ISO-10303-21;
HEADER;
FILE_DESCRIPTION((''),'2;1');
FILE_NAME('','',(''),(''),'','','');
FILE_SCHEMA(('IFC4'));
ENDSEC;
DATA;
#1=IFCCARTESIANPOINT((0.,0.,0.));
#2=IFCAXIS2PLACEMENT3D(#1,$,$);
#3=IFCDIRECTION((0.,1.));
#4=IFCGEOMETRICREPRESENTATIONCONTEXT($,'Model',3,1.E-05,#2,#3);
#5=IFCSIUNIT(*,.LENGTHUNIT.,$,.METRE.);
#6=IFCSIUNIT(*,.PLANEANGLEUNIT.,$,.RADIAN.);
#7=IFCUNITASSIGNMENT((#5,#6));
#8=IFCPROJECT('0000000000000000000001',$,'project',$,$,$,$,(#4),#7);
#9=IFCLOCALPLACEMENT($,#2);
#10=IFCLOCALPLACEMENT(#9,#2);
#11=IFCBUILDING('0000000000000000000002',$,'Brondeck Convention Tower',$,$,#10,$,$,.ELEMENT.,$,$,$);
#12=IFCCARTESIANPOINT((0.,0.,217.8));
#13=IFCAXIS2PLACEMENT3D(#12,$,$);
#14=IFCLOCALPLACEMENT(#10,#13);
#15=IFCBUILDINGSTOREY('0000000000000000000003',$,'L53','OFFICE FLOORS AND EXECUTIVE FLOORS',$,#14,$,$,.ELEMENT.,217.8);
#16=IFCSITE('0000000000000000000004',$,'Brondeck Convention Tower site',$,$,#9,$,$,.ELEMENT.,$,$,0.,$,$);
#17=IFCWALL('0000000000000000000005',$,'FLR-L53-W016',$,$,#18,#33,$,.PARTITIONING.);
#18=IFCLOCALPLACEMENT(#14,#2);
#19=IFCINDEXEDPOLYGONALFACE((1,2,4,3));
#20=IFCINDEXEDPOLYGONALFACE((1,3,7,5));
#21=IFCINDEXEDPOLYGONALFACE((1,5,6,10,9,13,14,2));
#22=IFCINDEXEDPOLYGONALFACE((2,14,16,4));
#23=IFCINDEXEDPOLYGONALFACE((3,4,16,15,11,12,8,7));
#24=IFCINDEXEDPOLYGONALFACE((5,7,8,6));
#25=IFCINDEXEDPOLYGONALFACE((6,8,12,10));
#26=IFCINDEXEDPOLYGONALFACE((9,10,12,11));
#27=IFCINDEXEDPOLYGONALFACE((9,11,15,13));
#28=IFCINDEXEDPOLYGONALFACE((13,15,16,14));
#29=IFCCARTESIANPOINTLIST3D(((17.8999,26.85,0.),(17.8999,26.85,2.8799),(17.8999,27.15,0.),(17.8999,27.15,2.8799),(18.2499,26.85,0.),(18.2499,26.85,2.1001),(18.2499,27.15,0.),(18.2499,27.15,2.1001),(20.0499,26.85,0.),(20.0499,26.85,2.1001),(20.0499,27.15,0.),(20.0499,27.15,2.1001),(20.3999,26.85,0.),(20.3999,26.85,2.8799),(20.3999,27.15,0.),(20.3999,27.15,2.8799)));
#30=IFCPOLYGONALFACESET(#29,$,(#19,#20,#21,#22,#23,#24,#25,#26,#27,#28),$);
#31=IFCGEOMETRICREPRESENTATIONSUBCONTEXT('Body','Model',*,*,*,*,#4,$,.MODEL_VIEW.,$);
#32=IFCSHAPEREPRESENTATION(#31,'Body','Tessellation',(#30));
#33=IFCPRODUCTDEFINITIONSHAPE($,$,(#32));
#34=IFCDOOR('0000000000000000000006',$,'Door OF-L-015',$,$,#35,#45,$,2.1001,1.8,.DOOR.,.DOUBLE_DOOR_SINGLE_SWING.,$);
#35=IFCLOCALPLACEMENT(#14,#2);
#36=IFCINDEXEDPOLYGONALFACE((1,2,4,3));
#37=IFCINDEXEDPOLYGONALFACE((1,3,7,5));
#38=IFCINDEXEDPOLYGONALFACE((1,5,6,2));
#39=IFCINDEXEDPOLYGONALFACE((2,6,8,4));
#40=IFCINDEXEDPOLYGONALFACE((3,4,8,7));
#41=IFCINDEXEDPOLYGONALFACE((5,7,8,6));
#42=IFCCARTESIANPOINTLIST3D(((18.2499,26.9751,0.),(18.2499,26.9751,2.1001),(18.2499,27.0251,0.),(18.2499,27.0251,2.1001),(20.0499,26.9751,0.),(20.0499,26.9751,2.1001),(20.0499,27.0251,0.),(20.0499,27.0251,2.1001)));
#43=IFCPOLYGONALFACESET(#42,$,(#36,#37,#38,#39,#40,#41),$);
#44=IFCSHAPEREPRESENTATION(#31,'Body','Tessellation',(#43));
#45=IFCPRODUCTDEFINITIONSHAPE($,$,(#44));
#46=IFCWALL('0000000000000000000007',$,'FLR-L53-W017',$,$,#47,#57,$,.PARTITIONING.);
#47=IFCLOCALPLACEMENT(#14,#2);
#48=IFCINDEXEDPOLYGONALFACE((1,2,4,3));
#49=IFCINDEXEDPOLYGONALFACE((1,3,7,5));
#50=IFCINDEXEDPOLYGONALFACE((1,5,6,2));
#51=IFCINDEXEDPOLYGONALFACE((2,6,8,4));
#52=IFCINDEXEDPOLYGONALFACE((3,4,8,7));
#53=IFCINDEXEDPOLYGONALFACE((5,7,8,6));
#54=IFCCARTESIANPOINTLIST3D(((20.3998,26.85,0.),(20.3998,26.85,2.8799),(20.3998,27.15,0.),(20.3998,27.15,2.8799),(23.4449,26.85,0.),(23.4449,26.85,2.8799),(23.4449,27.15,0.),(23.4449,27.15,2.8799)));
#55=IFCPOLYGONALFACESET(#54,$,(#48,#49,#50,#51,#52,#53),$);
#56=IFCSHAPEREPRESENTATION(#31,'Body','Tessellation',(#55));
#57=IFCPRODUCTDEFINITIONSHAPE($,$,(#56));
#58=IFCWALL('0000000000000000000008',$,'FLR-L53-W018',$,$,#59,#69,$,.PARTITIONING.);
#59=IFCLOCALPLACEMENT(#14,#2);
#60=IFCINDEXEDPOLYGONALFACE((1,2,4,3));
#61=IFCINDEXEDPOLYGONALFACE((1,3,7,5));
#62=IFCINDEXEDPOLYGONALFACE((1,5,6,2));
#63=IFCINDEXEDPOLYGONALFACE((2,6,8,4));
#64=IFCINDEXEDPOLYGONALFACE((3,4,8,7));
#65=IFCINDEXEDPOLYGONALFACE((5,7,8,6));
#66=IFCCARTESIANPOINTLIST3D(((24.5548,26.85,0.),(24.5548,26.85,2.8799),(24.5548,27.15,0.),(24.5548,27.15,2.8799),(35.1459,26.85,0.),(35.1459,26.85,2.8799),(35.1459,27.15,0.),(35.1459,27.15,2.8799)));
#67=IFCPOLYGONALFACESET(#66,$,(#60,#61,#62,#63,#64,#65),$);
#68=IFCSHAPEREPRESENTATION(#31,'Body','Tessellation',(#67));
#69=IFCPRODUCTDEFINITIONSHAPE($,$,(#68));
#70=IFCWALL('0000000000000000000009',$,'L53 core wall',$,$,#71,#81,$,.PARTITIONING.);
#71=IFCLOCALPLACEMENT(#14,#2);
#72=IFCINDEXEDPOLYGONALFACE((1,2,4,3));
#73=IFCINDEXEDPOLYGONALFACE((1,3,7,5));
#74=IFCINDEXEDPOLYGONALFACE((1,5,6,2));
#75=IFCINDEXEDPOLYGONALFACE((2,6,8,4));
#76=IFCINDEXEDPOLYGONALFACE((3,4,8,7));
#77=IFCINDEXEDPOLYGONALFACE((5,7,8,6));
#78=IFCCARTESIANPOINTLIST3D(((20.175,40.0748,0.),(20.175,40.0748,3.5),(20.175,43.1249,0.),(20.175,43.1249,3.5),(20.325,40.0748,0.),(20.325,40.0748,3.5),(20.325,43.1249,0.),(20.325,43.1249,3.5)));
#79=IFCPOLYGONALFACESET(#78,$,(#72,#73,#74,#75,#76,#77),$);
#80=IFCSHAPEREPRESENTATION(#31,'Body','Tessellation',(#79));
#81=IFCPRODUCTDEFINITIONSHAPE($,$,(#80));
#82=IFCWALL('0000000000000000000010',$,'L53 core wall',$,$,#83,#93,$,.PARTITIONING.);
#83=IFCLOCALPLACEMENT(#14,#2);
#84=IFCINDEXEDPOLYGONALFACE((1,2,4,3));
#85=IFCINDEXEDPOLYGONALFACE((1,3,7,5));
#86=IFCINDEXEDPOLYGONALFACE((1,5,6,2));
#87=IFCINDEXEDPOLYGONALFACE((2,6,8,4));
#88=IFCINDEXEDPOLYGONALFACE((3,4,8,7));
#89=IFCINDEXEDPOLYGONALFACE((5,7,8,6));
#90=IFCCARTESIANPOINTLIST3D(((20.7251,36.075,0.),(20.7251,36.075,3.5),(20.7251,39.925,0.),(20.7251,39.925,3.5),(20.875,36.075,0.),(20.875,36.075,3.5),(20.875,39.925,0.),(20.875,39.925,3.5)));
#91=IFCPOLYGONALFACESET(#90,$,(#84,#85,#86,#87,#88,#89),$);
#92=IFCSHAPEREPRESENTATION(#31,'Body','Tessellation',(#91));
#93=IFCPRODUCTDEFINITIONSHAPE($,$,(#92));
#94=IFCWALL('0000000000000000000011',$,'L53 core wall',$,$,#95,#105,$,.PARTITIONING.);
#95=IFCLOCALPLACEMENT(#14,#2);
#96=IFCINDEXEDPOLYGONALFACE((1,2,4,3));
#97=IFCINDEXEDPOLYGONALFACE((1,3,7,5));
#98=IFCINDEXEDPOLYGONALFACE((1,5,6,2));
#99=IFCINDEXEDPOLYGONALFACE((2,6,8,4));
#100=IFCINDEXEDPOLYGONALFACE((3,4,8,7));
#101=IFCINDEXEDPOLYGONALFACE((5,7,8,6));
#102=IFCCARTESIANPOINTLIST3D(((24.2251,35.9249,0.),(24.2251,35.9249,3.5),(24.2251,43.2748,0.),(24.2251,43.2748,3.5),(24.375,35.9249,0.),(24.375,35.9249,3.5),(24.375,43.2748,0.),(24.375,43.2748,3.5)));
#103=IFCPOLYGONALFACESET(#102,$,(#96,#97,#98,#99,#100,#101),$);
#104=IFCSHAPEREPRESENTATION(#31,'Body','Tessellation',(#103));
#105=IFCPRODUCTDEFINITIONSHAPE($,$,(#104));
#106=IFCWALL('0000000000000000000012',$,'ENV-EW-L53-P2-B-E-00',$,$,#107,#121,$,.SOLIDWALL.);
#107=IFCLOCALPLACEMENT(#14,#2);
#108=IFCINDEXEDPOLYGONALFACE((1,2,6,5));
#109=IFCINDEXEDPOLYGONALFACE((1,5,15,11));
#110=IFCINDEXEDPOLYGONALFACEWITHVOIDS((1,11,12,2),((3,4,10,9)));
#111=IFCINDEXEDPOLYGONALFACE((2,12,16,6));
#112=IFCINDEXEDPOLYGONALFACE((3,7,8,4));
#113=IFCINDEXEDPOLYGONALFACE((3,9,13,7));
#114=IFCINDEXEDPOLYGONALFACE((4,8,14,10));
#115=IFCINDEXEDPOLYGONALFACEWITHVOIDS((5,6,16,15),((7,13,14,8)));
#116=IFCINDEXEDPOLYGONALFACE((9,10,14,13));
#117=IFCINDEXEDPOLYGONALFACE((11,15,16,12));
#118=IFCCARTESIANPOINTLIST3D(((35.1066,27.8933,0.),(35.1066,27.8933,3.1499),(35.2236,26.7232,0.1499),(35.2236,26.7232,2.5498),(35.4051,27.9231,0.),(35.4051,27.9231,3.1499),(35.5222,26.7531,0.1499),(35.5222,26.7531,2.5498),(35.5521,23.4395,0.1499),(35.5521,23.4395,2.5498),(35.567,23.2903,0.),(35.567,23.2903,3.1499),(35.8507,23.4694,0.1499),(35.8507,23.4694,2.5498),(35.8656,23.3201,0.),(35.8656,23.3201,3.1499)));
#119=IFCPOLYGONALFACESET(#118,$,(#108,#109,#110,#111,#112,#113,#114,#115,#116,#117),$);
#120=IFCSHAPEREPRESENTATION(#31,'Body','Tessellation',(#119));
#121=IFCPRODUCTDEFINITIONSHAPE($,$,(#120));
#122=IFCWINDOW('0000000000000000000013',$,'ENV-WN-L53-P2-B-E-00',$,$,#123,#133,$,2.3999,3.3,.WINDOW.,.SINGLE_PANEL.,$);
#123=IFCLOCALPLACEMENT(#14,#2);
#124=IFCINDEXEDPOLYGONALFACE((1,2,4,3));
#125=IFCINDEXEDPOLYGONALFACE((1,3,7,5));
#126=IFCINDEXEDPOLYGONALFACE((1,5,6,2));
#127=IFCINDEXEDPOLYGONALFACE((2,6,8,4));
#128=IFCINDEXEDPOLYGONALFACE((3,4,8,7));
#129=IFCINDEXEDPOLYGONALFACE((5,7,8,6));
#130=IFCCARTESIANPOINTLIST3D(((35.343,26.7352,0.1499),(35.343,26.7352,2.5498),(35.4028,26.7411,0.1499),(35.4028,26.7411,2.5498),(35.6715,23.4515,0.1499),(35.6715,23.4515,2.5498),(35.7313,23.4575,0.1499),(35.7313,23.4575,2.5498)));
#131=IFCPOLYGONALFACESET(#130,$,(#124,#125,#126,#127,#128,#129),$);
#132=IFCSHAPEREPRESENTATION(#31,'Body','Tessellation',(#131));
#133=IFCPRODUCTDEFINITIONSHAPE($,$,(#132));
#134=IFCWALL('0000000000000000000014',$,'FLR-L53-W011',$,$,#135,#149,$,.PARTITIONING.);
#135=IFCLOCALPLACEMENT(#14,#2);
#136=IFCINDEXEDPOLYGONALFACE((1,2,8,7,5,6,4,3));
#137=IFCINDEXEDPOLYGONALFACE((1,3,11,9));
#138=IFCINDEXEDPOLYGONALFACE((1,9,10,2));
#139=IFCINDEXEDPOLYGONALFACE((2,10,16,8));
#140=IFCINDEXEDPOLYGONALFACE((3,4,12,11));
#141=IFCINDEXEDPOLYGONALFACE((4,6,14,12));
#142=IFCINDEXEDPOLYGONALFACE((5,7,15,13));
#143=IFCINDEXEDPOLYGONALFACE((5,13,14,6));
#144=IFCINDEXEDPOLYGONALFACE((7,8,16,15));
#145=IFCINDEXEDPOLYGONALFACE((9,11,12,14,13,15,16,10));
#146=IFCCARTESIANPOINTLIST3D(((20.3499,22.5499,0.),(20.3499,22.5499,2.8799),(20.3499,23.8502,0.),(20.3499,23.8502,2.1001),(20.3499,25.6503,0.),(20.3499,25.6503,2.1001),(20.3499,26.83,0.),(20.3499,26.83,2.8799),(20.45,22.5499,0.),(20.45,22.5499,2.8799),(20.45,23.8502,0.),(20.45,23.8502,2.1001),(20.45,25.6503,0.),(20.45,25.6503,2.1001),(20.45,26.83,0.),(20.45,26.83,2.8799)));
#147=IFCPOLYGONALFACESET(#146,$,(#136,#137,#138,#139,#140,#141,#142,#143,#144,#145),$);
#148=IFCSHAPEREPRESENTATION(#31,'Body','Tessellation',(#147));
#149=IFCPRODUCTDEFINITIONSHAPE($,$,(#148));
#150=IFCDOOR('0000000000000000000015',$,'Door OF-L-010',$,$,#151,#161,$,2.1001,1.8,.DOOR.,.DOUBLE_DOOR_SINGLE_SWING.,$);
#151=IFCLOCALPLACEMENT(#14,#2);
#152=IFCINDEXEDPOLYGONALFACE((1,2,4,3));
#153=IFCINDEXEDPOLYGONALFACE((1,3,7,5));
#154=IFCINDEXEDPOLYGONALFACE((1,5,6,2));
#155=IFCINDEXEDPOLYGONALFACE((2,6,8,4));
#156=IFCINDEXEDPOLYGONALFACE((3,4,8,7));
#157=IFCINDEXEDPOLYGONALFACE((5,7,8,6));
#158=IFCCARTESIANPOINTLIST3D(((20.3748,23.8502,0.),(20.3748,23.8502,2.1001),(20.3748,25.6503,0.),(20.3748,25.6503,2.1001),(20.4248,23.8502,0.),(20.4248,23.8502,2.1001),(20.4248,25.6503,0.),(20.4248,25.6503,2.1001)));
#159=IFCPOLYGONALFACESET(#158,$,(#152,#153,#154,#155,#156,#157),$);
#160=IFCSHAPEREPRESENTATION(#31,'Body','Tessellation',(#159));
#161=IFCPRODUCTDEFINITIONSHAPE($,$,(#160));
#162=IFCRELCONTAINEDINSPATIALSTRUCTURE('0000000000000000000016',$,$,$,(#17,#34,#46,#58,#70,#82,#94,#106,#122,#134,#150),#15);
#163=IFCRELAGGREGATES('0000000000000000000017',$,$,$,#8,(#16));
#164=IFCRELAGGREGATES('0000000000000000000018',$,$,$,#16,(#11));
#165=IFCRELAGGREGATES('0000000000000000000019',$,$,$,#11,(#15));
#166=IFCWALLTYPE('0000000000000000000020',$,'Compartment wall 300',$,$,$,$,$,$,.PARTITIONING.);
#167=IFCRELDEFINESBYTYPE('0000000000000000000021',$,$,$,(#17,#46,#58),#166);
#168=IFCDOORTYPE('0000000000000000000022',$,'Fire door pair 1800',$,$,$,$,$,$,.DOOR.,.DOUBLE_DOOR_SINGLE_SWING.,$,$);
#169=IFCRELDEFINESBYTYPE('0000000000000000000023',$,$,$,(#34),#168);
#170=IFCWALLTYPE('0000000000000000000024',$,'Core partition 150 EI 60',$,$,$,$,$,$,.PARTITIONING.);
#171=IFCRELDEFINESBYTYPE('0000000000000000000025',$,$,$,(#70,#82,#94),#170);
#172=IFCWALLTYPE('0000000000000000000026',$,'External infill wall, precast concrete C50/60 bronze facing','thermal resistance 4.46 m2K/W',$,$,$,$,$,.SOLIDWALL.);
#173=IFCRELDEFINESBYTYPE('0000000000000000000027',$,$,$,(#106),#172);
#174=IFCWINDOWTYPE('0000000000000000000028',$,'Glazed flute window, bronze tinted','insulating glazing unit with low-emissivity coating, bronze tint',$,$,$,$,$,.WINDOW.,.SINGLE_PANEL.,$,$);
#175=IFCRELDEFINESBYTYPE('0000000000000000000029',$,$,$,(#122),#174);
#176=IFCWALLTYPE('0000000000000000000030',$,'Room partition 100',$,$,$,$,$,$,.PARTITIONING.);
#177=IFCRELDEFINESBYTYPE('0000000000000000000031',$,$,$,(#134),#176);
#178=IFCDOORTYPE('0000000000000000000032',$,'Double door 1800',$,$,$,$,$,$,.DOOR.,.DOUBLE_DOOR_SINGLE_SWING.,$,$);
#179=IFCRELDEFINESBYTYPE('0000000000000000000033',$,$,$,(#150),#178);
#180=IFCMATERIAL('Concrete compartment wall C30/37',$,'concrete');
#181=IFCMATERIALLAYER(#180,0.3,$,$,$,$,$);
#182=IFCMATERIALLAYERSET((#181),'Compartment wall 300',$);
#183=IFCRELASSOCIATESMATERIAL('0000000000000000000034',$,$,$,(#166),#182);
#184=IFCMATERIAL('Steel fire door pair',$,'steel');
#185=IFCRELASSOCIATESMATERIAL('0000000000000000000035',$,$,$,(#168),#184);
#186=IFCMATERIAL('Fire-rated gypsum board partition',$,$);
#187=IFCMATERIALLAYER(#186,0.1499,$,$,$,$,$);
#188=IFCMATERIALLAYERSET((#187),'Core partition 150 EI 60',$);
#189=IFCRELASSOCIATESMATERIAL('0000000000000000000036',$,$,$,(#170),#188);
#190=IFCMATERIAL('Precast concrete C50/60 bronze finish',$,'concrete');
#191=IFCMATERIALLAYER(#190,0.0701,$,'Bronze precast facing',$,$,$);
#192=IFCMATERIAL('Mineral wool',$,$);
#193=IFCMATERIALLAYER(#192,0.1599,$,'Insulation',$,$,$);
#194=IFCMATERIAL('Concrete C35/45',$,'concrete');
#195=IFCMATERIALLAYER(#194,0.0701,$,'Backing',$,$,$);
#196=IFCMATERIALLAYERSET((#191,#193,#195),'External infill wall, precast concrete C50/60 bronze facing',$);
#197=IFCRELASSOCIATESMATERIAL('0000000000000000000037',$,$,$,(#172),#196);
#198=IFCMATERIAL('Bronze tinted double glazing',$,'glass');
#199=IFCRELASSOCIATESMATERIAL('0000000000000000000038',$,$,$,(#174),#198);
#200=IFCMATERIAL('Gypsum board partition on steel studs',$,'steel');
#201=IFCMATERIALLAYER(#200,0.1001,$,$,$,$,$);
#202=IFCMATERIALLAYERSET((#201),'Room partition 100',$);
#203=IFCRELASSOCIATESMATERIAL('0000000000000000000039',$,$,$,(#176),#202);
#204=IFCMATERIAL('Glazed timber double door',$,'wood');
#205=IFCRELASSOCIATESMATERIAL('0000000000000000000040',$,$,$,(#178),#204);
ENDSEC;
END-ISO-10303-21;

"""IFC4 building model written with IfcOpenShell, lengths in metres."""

from ifc_helpers import new_model, si_unit, direction, frame, frame_2d, origin, place, context, subcontext, project, spatial, rectangle, extrude, material, layer, layer_set, type_object, element, fill, save


model = new_model("IFC4")

# Units and contexts
model_context = context("Model", 3, precision=1e-05, world=origin(), true_north=direction((0.0, 1.0)))
body_context = subcontext(model_context, "Body", "Model", "MODEL_VIEW")
ifc_project = project(units=[si_unit("LENGTHUNIT", "METRE"), si_unit("PLANEANGLEUNIT", "RADIAN")], contexts=[model_context])

# Site, building, storey
site_placement = place(None, origin())
site = spatial("IfcSite", under=ifc_project, at=site_placement, Name="Brondeck Convention Tower site", CompositionType="ELEMENT", RefElevation=0.0)
building_placement = place(site_placement, origin())
building = spatial("IfcBuilding", under=site, at=building_placement, Name="Brondeck Convention Tower", CompositionType="ELEMENT")
storey_placement = place(building_placement, frame((0.0, 0.0, 217.8)))
storey = spatial("IfcBuildingStorey", under=building, at=storey_placement, Name="L53", Description="OFFICE FLOORS AND EXECUTIVE FLOORS", CompositionType="ELEMENT", Elevation=217.8)

# Wall, opening, door
ifc_material_1 = material(Name="Concrete compartment wall C30/37", Category="concrete")
ifc_layer_1 = layer(ifc_material_1, 0.3)
ifc_layer_set_1 = layer_set([ifc_layer_1], Name="Compartment wall 300")
wall_type_1 = type_object("IfcWallType", Name="Compartment wall 300", PredefinedType="PARTITIONING", material=ifc_layer_set_1)
wall_1_placement = place(storey_placement, frame((20.3999, 27.0, 0.0), z_axis=(0.0, 0.0, 1.0), x_axis=(-1.0, 0.0, 0.0)))
wall_1 = element("IfcWall", 1, at=wall_1_placement, inside=storey, type_object=wall_type_1, Name="FLR-L53-W016", PredefinedType="PARTITIONING", context=body_context, shape_type="SweptSolid", body=[
    extrude(rectangle(XDim=2.5, YDim=0.3, at=frame_2d((1.25, 0.0))), origin(), (0.0, 0.0, 1.0), 2.8799),
])
opening_1_placement = place(wall_1_placement, frame((0.3501, 0.0, 0.0)))
opening_1 = element("IfcOpeningElement", 2, at=opening_1_placement, cuts=wall_1, PredefinedType="OPENING", context=body_context, shape_type="SweptSolid", body=[
    extrude(rectangle(XDim=1.8, YDim=2.1001, at=frame_2d((0.8999, 1.05))), frame((0.0, 0.1599, 0.0), z_axis=(0.0, -1.0, 0.0), x_axis=(1.0, 0.0, 0.0)), (0.0, 0.0, 1.0), 0.3201),
])
ifc_material_2 = material(Name="Steel fire door pair", Category="steel")
door_type_1 = type_object("IfcDoorType", Name="Fire door pair 1800", OperationType="DOUBLE_DOOR_SINGLE_SWING", PredefinedType="DOOR", material=ifc_material_2)
door_1_placement = place(opening_1_placement, origin())
door_1 = element("IfcDoor", 3, at=door_1_placement, inside=storey, type_object=door_type_1, Name="Door OF-L-015", OperationType="DOUBLE_DOOR_SINGLE_SWING", OverallHeight=2.1001, OverallWidth=1.8, PredefinedType="DOOR", context=body_context, shape_type="SweptSolid", body=[
    extrude(rectangle(XDim=1.8, YDim=2.1001, at=frame_2d((0.8999, 1.05))), frame((0.0, 0.0249, 0.0), z_axis=(0.0, -1.0, 0.0), x_axis=(1.0, 0.0, 0.0)), (0.0, 0.0, 1.0), 0.05),
])
fill(opening_1, door_1)

# Walls
wall_2_placement = place(storey_placement, frame((20.3999, 27.0, 0.0), z_axis=(0.0, 0.0, 1.0), x_axis=(1.0, 0.0, 0.0)))
element("IfcWall", 4, at=wall_2_placement, inside=storey, type_object=wall_type_1, Name="FLR-L53-W017", PredefinedType="PARTITIONING", context=body_context, shape_type="SweptSolid", body=[
    extrude(rectangle(XDim=3.0452, YDim=0.3, at=frame_2d((1.5225, 0.0))), origin(), (0.0, 0.0, 1.0), 2.8799),
])
wall_3_placement = place(storey_placement, frame((24.5549, 27.0, 0.0), z_axis=(0.0, 0.0, 1.0), x_axis=(1.0, 0.0, 0.0)))
element("IfcWall", 5, at=wall_3_placement, inside=storey, type_object=wall_type_1, Name="FLR-L53-W018", PredefinedType="PARTITIONING", context=body_context, shape_type="SweptSolid", body=[
    extrude(rectangle(XDim=10.5911, YDim=0.3, at=frame_2d((5.2954, 0.0))), origin(), (0.0, 0.0, 1.0), 2.8799),
])
ifc_material_3 = material(Name="Fire-rated gypsum board partition")
ifc_layer_2 = layer(ifc_material_3, 0.1499)
ifc_layer_set_2 = layer_set([ifc_layer_2], Name="Core partition 150 EI 60")
wall_type_2 = type_object("IfcWallType", Name="Core partition 150 EI 60", PredefinedType="PARTITIONING", material=ifc_layer_set_2)
wall_4_placement = place(storey_placement, frame((20.25, 40.075, 0.0), z_axis=(0.0, 0.0, 1.0), x_axis=(0.0, 1.0, 0.0)))
element("IfcWall", 6, at=wall_4_placement, inside=storey, type_object=wall_type_2, Name="L53 core wall", PredefinedType="PARTITIONING", context=body_context, shape_type="SweptSolid", body=[
    extrude(rectangle(XDim=3.05, YDim=0.1499, at=frame_2d((1.5249, 0.0))), origin(), (0.0, 0.0, 1.0), 3.5),
])
wall_5_placement = place(storey_placement, frame((20.8, 36.075, 0.0), z_axis=(0.0, 0.0, 1.0), x_axis=(0.0, 1.0, 0.0)))
element("IfcWall", 7, at=wall_5_placement, inside=storey, type_object=wall_type_2, Name="L53 core wall", PredefinedType="PARTITIONING", context=body_context, shape_type="SweptSolid", body=[
    extrude(rectangle(XDim=3.8501, YDim=0.1499, at=frame_2d((1.925, 0.0))), origin(), (0.0, 0.0, 1.0), 3.5),
])
wall_6_placement = place(storey_placement, frame((24.3, 35.925, 0.0), z_axis=(0.0, 0.0, 1.0), x_axis=(0.0, 1.0, 0.0)))
element("IfcWall", 8, at=wall_6_placement, inside=storey, type_object=wall_type_2, Name="L53 core wall", PredefinedType="PARTITIONING", context=body_context, shape_type="SweptSolid", body=[
    extrude(rectangle(XDim=7.3499, YDim=0.1499, at=frame_2d((3.6748, 0.0))), origin(), (0.0, 0.0, 1.0), 3.5),
])

# Wall, opening, window
ifc_material_4 = material(Name="Precast concrete C50/60 bronze finish", Category="concrete")
ifc_layer_3 = layer(ifc_material_4, 0.0701, Name="Bronze precast facing")
ifc_material_5 = material(Name="Mineral wool")
ifc_layer_4 = layer(ifc_material_5, 0.1599, Name="Insulation")
ifc_material_6 = material(Name="Concrete C35/45", Category="concrete")
ifc_layer_5 = layer(ifc_material_6, 0.0701, Name="Backing")
ifc_layer_set_3 = layer_set([ifc_layer_3, ifc_layer_4, ifc_layer_5], Name="External infill wall, precast concrete C50/60 bronze facing")
wall_type_3 = type_object("IfcWallType", Name="External infill wall, precast concrete C50/60 bronze facing", Description="thermal resistance 4.46 m2K/W", PredefinedType="SOLIDWALL", material=ifc_layer_set_3)
wall_7_placement = place(storey_placement, frame((35.2559, 27.9082, 0.0), z_axis=(0.0, 0.0, 1.0), x_axis=(0.099535, -0.995034, 0.0)))
wall_7 = element("IfcWall", 9, at=wall_7_placement, inside=storey, type_object=wall_type_3, Name="ENV-EW-L53-P2-B-E-00", PredefinedType="SOLIDWALL", context=body_context, shape_type="SweptSolid", body=[
    extrude(rectangle(XDim=4.626, YDim=0.3, at=frame_2d((2.313, 0.0))), origin(), (0.0, 0.0, 1.0), 3.1499),
])
opening_2_placement = place(wall_7_placement, frame((1.176, 0.0, 0.1499)))
opening_2 = element("IfcOpeningElement", 10, at=opening_2_placement, cuts=wall_7, PredefinedType="OPENING", context=body_context, shape_type="SweptSolid", body=[
    extrude(rectangle(XDim=3.3, YDim=2.3999, at=frame_2d((1.6499, 1.2))), frame((0.0, 0.1599, 0.0), z_axis=(0.0, -1.0, 0.0), x_axis=(1.0, 0.0, 0.0)), (0.0, 0.0, 1.0), 0.3201),
])
ifc_material_7 = material(Name="Bronze tinted double glazing", Category="glass")
window_type = type_object("IfcWindowType", Name="Glazed flute window, bronze tinted", Description="insulating glazing unit with low-emissivity coating, bronze tint", PartitioningType="SINGLE_PANEL", PredefinedType="WINDOW", material=ifc_material_7)
window_placement = place(opening_2_placement, origin())
window = element("IfcWindow", 11, at=window_placement, inside=storey, type_object=window_type, Name="ENV-WN-L53-P2-B-E-00", OverallHeight=2.3999, OverallWidth=3.3, PartitioningType="SINGLE_PANEL", PredefinedType="WINDOW", context=body_context, shape_type="SweptSolid", body=[
    extrude(rectangle(XDim=3.3, YDim=2.3999, at=frame_2d((1.6499, 1.2))), frame((0.0, 0.03, 0.0), z_axis=(0.0, -1.0, 0.0), x_axis=(1.0, 0.0, 0.0)), (0.0, 0.0, 1.0), 0.0601),
])
fill(opening_2, window)

# Wall, opening, door
ifc_material_8 = material(Name="Gypsum board partition on steel studs", Category="steel")
ifc_layer_6 = layer(ifc_material_8, 0.1001)
ifc_layer_set_4 = layer_set([ifc_layer_6], Name="Room partition 100")
wall_type_4 = type_object("IfcWallType", Name="Room partition 100", PredefinedType="PARTITIONING", material=ifc_layer_set_4)
wall_8_placement = place(storey_placement, frame((20.3999, 26.8301, 0.0), z_axis=(0.0, 0.0, 1.0), x_axis=(0.0, -1.0, 0.0)))
wall_8 = element("IfcWall", 12, at=wall_8_placement, inside=storey, type_object=wall_type_4, Name="FLR-L53-W011", PredefinedType="PARTITIONING", context=body_context, shape_type="SweptSolid", body=[
    extrude(rectangle(XDim=4.28, YDim=0.1001, at=frame_2d((2.1401, 0.0))), origin(), (0.0, 0.0, 1.0), 2.8799),
])
opening_3_placement = place(wall_8_placement, frame((1.1799, 0.0, 0.0)))
opening_3 = element("IfcOpeningElement", 13, at=opening_3_placement, cuts=wall_8, PredefinedType="OPENING", context=body_context, shape_type="SweptSolid", body=[
    extrude(rectangle(XDim=1.8, YDim=2.1001, at=frame_2d((0.8999, 1.05))), frame((0.0, 0.0601, 0.0), z_axis=(0.0, -1.0, 0.0), x_axis=(1.0, 0.0, 0.0)), (0.0, 0.0, 1.0), 0.1201),
])
ifc_material_9 = material(Name="Glazed timber double door", Category="wood")
door_type_2 = type_object("IfcDoorType", Name="Double door 1800", OperationType="DOUBLE_DOOR_SINGLE_SWING", PredefinedType="DOOR", material=ifc_material_9)
door_2_placement = place(opening_3_placement, origin())
door_2 = element("IfcDoor", 14, at=door_2_placement, inside=storey, type_object=door_type_2, Name="Door OF-L-010", OperationType="DOUBLE_DOOR_SINGLE_SWING", OverallHeight=2.1001, OverallWidth=1.8, PredefinedType="DOOR", context=body_context, shape_type="SweptSolid", body=[
    extrude(rectangle(XDim=1.8, YDim=2.1001, at=frame_2d((0.8999, 1.05))), frame((0.0, 0.0249, 0.0), z_axis=(0.0, -1.0, 0.0), x_axis=(1.0, 0.0, 0.0)), (0.0, 0.0, 1.0), 0.05),
])
fill(opening_3, door_2)

save(model, "model.ifc")
